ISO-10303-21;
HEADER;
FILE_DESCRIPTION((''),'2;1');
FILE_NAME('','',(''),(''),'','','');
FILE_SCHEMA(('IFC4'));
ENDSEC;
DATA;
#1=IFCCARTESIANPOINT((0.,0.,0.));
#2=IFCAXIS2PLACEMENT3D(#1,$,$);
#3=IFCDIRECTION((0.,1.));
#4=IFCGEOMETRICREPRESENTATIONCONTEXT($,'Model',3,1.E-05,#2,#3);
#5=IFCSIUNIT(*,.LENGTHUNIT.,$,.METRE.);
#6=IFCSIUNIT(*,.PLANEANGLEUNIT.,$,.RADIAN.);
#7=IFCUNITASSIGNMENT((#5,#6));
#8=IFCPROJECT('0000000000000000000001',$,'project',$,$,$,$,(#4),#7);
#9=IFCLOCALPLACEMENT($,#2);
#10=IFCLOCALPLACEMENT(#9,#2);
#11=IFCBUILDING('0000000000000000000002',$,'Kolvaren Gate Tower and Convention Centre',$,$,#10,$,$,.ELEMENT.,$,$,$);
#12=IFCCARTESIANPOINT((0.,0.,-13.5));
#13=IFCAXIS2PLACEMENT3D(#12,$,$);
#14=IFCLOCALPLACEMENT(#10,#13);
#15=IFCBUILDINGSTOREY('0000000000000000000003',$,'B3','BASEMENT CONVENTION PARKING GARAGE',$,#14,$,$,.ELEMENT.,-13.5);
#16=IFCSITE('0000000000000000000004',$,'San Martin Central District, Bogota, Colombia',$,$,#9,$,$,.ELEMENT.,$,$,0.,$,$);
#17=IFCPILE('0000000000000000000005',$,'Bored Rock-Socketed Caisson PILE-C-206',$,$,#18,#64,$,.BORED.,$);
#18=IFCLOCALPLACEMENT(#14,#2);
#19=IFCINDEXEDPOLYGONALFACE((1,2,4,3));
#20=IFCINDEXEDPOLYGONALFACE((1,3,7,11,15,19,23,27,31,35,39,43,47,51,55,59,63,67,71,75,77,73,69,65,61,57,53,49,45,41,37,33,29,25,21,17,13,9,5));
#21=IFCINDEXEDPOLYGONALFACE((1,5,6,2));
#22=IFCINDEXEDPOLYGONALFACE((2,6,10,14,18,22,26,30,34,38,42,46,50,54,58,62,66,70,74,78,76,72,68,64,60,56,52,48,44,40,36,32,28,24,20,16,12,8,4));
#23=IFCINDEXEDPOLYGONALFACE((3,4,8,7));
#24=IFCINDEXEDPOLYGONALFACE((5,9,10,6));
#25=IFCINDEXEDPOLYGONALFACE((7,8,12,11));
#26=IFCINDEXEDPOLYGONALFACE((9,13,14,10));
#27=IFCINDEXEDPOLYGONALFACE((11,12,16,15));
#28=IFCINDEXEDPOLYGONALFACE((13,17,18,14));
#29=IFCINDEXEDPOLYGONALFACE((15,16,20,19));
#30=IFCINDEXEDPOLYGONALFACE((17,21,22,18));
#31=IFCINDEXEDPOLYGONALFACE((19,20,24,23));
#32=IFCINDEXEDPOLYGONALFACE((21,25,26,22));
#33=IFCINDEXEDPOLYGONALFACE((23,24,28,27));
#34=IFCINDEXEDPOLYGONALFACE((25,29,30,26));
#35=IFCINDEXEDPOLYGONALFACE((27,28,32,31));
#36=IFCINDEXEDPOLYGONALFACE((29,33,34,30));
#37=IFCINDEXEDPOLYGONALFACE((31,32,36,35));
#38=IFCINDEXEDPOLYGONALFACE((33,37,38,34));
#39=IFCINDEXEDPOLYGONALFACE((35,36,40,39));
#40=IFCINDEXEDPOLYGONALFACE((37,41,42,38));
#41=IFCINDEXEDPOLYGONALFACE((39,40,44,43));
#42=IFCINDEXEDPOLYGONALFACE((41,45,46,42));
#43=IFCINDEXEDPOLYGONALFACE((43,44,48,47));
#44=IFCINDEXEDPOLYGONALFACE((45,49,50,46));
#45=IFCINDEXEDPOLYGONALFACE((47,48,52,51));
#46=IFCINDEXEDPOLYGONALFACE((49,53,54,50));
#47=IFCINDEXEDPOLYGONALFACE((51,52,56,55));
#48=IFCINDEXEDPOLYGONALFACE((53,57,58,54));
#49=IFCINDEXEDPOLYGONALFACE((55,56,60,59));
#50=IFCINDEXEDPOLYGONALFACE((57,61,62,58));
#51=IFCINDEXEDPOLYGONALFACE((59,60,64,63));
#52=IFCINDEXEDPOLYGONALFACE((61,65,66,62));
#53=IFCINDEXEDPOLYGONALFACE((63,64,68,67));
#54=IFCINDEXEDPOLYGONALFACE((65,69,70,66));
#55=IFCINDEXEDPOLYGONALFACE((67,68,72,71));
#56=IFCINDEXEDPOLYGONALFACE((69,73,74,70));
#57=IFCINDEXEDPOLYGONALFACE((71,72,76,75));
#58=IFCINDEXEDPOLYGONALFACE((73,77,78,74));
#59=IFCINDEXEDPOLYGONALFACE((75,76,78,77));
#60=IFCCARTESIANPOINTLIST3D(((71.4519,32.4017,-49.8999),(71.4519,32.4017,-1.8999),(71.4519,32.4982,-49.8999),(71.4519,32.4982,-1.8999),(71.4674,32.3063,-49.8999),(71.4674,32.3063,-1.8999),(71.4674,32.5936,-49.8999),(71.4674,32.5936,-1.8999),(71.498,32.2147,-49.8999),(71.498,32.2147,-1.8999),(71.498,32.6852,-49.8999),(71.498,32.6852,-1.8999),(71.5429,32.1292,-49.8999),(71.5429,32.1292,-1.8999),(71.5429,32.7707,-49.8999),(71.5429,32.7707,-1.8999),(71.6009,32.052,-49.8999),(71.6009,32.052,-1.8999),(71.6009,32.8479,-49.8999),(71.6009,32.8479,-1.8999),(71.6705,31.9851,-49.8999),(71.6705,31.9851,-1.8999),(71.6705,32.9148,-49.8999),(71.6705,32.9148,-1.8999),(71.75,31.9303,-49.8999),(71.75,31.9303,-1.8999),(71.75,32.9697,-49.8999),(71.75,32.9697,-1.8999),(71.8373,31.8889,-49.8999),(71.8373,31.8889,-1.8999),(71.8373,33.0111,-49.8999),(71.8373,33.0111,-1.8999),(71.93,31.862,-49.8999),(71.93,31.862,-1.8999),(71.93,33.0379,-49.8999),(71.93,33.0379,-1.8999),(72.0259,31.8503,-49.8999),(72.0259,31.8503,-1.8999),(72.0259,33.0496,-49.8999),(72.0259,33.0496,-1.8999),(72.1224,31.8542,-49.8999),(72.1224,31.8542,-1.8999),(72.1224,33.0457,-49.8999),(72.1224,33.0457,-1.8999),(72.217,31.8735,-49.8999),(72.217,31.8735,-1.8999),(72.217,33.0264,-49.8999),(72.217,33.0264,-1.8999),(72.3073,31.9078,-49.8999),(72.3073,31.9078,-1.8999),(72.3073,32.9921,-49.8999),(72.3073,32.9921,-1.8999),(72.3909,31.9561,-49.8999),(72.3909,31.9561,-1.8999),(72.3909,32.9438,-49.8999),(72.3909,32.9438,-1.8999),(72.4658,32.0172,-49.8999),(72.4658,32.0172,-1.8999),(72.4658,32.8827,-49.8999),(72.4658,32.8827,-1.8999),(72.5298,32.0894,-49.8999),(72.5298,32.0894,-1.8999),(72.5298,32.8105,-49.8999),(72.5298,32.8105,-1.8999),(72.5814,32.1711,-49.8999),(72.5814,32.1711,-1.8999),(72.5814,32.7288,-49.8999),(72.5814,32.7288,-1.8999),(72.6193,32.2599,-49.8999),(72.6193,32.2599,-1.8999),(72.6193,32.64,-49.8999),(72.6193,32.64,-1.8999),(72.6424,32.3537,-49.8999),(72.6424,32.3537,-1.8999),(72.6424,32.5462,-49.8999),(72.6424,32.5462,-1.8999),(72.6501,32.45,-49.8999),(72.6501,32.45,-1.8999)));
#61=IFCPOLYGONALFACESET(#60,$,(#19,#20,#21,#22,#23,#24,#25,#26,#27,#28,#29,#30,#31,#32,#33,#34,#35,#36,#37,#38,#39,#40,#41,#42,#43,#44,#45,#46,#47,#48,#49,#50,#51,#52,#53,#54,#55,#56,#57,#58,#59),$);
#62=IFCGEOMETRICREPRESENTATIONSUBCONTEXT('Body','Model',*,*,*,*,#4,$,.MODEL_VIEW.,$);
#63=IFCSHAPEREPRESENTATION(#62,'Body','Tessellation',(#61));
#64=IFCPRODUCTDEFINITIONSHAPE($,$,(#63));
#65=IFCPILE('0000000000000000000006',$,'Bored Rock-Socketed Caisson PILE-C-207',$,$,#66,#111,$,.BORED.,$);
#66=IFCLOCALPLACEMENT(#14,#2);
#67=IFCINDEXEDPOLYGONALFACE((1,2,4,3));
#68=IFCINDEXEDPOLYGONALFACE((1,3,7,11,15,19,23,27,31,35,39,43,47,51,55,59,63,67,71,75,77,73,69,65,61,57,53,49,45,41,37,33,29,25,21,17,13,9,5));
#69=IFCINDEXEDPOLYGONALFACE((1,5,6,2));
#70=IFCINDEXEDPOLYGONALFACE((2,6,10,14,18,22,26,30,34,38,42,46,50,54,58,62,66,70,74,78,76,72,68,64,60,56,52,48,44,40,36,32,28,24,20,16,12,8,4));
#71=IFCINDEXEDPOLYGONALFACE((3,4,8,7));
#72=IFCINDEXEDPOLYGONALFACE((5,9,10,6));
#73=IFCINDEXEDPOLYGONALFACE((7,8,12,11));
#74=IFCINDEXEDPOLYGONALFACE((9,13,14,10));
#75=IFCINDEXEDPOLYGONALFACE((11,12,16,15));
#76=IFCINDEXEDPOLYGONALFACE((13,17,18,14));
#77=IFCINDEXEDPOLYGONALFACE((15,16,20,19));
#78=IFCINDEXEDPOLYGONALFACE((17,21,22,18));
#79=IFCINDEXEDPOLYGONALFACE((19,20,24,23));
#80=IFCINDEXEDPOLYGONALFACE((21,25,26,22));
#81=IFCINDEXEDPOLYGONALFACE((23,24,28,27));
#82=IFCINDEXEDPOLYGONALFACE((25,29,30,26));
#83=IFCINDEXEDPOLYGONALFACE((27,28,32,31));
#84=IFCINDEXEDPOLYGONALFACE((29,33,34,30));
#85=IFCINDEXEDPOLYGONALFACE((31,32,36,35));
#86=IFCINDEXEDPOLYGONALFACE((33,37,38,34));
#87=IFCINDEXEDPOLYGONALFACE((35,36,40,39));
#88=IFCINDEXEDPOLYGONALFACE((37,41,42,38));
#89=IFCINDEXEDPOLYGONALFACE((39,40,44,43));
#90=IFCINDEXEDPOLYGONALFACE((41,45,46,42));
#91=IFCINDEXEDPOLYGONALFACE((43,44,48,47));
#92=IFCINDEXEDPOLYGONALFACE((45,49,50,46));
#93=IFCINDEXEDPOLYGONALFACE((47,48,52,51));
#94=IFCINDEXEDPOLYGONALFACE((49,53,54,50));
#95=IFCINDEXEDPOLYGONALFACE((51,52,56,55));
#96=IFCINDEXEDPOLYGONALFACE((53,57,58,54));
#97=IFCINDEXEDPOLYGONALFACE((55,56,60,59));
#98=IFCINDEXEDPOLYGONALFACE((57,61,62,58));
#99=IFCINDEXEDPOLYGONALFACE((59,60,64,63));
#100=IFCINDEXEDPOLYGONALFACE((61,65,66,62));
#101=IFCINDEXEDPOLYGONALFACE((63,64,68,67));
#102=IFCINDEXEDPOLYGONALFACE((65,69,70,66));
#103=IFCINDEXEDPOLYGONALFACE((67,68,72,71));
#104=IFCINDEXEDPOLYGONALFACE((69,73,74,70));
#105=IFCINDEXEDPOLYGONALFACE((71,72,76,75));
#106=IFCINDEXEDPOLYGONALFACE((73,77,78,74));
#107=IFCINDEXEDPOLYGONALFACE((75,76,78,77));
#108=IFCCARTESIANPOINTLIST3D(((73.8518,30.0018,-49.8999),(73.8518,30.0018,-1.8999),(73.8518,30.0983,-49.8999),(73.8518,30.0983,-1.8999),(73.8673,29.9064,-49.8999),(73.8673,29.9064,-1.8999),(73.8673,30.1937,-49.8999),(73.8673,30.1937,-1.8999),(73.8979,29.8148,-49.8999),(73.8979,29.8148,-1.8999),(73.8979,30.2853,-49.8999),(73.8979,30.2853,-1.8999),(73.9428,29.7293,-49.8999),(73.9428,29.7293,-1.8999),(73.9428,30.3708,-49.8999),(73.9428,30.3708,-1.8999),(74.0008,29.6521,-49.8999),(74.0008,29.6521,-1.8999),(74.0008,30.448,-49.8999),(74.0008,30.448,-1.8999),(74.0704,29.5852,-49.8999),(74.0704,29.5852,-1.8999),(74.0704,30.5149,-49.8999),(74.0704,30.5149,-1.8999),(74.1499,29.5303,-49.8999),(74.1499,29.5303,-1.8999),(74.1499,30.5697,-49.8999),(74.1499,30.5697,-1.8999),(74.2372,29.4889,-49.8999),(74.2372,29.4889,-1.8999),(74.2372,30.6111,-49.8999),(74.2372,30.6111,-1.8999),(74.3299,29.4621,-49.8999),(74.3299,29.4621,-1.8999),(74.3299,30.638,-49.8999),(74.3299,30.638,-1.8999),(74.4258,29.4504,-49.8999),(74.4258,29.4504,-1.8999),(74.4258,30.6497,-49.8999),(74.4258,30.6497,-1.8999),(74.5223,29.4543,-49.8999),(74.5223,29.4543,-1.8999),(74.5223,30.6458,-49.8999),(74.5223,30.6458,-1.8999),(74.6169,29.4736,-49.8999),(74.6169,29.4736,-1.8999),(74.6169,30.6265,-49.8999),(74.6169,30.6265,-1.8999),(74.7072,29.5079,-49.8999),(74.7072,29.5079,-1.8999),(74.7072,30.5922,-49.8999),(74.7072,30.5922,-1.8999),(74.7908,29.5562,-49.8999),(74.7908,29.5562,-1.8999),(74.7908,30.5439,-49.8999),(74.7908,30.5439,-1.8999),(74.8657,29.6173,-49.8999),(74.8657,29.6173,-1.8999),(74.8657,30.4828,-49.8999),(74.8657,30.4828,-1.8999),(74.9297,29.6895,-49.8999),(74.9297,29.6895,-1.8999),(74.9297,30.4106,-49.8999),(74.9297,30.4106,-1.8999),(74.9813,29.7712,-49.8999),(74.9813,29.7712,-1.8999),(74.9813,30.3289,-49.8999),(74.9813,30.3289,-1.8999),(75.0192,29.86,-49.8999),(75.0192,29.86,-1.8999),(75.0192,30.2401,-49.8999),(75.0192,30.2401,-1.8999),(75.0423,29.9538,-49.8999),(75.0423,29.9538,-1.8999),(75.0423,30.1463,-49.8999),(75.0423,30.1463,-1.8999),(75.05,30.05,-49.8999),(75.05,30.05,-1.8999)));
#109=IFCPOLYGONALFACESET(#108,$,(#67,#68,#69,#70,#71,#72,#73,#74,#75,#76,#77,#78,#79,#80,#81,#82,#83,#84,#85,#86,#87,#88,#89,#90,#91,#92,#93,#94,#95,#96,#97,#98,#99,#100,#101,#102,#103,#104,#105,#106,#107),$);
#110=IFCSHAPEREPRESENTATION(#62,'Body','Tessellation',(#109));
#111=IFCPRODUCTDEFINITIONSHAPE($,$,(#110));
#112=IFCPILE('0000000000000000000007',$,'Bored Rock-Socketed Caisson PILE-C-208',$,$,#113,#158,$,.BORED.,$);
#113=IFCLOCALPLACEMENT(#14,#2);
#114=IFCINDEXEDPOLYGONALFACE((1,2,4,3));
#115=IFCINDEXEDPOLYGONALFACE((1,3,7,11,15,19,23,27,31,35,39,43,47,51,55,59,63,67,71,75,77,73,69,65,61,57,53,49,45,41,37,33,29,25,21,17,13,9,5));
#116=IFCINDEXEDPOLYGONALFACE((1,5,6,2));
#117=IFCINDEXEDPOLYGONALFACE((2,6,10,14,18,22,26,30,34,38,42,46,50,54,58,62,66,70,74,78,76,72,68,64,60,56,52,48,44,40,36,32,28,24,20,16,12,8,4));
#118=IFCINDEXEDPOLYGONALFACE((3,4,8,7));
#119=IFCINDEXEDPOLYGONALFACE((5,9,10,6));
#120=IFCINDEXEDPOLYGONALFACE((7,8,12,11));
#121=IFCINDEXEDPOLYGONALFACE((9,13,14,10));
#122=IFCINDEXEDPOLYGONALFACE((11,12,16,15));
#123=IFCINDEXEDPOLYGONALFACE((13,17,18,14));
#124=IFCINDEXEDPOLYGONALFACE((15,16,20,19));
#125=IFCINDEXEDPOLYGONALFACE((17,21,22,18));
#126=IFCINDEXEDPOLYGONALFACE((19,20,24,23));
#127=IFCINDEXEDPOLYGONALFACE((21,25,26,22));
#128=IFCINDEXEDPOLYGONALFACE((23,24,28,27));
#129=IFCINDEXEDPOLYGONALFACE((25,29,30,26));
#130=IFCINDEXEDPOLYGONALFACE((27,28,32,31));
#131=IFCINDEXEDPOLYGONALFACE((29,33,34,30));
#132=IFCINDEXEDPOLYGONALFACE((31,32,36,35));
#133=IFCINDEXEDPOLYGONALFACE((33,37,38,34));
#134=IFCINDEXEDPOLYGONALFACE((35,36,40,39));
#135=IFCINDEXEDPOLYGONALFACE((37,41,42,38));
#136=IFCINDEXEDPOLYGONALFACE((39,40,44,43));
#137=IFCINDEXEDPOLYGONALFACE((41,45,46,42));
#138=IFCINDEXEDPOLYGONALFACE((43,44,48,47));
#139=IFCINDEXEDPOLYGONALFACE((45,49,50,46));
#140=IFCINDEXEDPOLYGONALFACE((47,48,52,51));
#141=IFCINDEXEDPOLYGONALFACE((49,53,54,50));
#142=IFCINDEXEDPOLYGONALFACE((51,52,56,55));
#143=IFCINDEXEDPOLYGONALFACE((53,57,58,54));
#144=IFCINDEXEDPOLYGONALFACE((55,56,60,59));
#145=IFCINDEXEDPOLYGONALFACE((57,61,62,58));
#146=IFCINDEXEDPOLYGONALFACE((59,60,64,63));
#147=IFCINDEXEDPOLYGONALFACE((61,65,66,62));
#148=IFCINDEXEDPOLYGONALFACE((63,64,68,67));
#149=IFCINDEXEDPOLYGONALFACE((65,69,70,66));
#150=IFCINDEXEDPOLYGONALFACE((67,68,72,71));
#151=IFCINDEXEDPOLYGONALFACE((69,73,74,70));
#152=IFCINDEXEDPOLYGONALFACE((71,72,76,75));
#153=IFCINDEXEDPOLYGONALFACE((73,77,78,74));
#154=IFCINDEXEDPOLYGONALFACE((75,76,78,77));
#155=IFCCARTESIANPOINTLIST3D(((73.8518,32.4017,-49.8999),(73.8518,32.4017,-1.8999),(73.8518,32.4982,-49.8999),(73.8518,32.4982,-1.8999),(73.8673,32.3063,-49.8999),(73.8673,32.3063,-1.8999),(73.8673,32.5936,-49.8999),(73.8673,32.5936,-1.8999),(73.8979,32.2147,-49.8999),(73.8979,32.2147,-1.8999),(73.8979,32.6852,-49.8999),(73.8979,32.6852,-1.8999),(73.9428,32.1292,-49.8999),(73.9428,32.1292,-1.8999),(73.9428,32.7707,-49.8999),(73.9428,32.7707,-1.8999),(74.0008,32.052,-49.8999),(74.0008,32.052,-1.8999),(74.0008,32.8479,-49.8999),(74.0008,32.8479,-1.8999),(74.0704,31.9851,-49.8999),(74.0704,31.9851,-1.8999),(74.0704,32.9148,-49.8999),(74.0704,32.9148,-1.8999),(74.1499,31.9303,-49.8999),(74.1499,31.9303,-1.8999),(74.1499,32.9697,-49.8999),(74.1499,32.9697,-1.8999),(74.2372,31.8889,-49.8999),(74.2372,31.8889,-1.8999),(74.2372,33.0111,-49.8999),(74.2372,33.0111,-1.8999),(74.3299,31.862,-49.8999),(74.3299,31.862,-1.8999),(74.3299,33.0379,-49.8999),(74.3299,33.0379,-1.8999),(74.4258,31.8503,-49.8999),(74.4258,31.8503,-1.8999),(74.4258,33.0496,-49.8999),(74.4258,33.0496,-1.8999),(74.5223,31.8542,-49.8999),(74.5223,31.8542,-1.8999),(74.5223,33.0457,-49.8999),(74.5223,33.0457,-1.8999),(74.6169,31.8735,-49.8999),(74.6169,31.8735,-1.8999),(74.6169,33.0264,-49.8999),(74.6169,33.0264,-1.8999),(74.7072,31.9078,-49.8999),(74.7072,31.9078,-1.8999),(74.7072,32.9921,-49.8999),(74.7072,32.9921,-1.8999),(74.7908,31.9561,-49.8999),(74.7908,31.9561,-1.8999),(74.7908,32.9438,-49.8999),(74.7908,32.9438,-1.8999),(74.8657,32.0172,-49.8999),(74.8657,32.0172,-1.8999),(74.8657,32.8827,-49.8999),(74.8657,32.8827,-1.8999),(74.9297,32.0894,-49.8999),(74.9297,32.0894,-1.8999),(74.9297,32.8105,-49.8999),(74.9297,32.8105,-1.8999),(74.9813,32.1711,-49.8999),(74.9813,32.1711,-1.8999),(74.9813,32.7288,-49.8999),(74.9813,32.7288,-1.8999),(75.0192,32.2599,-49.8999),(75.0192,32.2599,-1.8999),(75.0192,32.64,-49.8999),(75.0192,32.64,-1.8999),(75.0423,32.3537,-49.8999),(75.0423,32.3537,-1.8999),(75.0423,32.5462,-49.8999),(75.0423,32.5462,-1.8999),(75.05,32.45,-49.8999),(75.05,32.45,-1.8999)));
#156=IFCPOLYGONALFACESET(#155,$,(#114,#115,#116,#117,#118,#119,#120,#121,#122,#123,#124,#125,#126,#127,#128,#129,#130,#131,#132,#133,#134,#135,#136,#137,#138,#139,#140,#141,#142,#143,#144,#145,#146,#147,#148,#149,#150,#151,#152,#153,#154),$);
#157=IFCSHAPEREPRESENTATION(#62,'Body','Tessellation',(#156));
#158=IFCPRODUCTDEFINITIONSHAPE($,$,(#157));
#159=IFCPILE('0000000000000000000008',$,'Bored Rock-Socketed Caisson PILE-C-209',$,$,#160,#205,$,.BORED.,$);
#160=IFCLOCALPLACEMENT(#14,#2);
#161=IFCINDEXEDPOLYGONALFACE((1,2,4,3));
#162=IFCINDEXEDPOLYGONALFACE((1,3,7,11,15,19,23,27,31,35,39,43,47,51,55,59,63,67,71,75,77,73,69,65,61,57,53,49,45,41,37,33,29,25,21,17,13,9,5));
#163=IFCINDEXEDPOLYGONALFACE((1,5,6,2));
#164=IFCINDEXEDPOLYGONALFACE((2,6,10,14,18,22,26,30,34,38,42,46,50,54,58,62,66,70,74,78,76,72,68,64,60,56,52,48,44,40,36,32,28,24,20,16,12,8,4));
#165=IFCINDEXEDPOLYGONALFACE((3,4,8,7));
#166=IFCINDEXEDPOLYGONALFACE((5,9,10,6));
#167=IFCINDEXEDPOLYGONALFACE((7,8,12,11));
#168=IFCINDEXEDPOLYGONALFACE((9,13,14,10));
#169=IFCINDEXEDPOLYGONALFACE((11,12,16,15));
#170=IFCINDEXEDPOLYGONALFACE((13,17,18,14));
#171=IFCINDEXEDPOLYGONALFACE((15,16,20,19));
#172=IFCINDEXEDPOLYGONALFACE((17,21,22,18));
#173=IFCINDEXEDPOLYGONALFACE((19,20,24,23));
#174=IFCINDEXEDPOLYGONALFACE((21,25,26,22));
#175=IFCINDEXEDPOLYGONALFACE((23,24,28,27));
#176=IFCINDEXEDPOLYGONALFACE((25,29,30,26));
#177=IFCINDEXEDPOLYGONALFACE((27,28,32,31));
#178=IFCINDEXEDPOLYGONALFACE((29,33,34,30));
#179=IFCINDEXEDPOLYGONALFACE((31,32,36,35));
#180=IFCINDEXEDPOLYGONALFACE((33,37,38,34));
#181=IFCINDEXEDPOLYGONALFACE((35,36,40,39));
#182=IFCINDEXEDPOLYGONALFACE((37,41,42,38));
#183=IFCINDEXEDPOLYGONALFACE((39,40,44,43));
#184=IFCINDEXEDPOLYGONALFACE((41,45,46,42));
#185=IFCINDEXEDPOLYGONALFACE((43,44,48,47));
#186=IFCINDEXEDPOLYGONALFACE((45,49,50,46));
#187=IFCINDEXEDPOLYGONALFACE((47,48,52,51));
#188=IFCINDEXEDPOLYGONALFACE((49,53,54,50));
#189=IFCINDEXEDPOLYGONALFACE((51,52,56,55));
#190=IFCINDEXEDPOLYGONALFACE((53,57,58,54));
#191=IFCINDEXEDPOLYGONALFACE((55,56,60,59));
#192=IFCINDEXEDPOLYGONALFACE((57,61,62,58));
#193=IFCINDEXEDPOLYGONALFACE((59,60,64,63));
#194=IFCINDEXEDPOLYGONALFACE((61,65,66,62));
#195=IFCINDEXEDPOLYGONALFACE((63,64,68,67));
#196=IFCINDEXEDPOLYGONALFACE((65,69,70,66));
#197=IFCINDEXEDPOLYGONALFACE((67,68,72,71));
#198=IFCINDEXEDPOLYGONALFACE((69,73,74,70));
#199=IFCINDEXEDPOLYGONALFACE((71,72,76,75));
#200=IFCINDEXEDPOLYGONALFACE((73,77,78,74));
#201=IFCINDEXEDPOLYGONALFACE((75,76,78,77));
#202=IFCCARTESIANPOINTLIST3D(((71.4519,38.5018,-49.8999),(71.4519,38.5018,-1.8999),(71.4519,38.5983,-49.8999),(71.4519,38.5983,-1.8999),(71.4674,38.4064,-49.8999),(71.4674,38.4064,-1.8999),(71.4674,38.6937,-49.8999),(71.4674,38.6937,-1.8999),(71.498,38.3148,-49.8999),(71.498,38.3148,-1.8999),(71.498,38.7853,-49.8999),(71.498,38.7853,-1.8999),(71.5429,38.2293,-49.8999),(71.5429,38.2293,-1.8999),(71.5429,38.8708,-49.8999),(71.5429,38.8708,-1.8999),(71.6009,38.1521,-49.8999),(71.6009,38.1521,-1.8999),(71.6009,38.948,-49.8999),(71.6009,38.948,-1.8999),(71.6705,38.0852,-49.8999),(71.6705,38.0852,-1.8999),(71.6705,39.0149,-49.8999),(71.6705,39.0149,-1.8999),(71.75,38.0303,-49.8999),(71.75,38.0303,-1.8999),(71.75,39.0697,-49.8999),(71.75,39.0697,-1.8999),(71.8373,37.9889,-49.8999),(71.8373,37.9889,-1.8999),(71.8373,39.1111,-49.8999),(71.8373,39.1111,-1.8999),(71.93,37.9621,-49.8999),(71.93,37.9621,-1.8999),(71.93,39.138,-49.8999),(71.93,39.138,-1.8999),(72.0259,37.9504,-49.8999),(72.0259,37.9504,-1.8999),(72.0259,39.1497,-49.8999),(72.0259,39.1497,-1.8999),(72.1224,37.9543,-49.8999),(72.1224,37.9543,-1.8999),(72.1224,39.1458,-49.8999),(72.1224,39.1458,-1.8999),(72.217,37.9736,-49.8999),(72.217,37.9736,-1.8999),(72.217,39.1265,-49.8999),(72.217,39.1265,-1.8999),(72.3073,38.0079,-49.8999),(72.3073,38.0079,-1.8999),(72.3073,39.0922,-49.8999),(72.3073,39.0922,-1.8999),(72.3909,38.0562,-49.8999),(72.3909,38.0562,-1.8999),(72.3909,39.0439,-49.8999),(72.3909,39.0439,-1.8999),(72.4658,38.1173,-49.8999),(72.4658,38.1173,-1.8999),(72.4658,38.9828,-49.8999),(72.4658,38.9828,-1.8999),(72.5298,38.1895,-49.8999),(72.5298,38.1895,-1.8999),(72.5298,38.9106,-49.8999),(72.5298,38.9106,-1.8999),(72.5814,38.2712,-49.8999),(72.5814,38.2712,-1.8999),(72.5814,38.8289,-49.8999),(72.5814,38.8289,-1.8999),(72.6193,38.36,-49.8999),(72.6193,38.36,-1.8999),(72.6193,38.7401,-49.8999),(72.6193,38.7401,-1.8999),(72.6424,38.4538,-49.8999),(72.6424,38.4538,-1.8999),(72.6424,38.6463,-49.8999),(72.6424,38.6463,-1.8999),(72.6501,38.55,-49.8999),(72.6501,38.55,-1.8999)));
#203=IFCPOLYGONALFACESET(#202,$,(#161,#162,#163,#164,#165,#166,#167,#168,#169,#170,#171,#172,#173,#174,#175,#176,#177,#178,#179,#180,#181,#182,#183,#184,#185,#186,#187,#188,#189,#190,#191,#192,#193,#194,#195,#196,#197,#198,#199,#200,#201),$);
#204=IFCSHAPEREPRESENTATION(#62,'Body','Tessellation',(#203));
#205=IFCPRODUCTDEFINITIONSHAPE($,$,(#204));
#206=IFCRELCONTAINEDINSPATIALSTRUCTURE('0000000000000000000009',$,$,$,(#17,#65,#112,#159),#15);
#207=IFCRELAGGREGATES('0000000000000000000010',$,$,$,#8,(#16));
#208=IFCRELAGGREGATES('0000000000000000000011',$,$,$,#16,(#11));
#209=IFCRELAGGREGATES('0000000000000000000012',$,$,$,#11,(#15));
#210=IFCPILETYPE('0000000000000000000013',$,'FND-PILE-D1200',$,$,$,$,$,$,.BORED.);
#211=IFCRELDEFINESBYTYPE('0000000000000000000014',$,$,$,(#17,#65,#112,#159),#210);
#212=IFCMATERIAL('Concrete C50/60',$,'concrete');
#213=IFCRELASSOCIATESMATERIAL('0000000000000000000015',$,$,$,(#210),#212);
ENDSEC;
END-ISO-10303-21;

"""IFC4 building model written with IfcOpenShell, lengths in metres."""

from ifc_helpers import new_model, si_unit, direction, frame, origin, origin_2d, place, context, subcontext, project, spatial, circle, extrude, material, material_profile, profile_set, type_object, element, save


model = new_model("IFC4")

# Units and contexts
model_context = context("Model", 3, precision=1e-05, world=origin(), true_north=direction((0.0, 1.0)))
body_context = subcontext(model_context, "Body", "Model", "MODEL_VIEW")
ifc_project = project(units=[si_unit("LENGTHUNIT", "METRE"), si_unit("PLANEANGLEUNIT", "RADIAN")], contexts=[model_context])

# Site, building, storey
site_placement = place(None, origin())
site = spatial("IfcSite", under=ifc_project, at=site_placement, Name="San Martin Central District, Bogota, Colombia", CompositionType="ELEMENT", RefElevation=0.0)
building_placement = place(site_placement, origin())
building = spatial("IfcBuilding", under=site, at=building_placement, Name="Kolvaren Gate Tower and Convention Centre", CompositionType="ELEMENT")
storey_placement = place(building_placement, frame((0.0, 0.0, -13.5)))
storey = spatial("IfcBuildingStorey", under=building, at=storey_placement, Name="B3", Description="BASEMENT CONVENTION PARKING GARAGE", CompositionType="ELEMENT", Elevation=-13.5)

# Shared definitions
ifc_material_1 = material(Name="Concrete C50/60", Category="concrete")

# Piles
ifc_material_profile_1 = material_profile(ifc_material_1, circle(Radius=0.6001, at=origin_2d()), Name="CAISSON-D1200")
ifc_profile_set_1 = profile_set([ifc_material_profile_1], Name="Concrete C50/60")
pile_type = type_object("IfcPileType", Name="FND-PILE-D1200", PredefinedType="BORED", material=ifc_profile_set_1)
for number, where, z_axis, x_axis, name in (
    (1, (72.05, 32.45, -1.8999), (0.0, 0.0, -1.0), (1.0, 0.0, 0.0), "Bored Rock-Socketed Caisson PILE-C-206"),
    (2, (74.45, 30.05, -1.8999), (0.0, 0.0, -1.0), (1.0, 0.0, 0.0), "Bored Rock-Socketed Caisson PILE-C-207"),
    (3, (74.45, 32.45, -1.8999), (0.0, 0.0, -1.0), (1.0, 0.0, 0.0), "Bored Rock-Socketed Caisson PILE-C-208"),
    (4, (72.05, 38.55, -1.8999), (0.0, 0.0, -1.0), (1.0, 0.0, 0.0), "Bored Rock-Socketed Caisson PILE-C-209"),
):
    element("IfcPile", number, at=place(storey_placement, frame(where, z_axis=z_axis, x_axis=x_axis)), inside=storey, type_object=pile_type, Name=name, PredefinedType="BORED", context=body_context, shape_type="SweptSolid", body=[
        extrude(circle(Radius=0.6001, at=origin_2d()), origin(), (0.0, 0.0, 1.0), 48.0),
    ])

save(model, "model.ifc")
